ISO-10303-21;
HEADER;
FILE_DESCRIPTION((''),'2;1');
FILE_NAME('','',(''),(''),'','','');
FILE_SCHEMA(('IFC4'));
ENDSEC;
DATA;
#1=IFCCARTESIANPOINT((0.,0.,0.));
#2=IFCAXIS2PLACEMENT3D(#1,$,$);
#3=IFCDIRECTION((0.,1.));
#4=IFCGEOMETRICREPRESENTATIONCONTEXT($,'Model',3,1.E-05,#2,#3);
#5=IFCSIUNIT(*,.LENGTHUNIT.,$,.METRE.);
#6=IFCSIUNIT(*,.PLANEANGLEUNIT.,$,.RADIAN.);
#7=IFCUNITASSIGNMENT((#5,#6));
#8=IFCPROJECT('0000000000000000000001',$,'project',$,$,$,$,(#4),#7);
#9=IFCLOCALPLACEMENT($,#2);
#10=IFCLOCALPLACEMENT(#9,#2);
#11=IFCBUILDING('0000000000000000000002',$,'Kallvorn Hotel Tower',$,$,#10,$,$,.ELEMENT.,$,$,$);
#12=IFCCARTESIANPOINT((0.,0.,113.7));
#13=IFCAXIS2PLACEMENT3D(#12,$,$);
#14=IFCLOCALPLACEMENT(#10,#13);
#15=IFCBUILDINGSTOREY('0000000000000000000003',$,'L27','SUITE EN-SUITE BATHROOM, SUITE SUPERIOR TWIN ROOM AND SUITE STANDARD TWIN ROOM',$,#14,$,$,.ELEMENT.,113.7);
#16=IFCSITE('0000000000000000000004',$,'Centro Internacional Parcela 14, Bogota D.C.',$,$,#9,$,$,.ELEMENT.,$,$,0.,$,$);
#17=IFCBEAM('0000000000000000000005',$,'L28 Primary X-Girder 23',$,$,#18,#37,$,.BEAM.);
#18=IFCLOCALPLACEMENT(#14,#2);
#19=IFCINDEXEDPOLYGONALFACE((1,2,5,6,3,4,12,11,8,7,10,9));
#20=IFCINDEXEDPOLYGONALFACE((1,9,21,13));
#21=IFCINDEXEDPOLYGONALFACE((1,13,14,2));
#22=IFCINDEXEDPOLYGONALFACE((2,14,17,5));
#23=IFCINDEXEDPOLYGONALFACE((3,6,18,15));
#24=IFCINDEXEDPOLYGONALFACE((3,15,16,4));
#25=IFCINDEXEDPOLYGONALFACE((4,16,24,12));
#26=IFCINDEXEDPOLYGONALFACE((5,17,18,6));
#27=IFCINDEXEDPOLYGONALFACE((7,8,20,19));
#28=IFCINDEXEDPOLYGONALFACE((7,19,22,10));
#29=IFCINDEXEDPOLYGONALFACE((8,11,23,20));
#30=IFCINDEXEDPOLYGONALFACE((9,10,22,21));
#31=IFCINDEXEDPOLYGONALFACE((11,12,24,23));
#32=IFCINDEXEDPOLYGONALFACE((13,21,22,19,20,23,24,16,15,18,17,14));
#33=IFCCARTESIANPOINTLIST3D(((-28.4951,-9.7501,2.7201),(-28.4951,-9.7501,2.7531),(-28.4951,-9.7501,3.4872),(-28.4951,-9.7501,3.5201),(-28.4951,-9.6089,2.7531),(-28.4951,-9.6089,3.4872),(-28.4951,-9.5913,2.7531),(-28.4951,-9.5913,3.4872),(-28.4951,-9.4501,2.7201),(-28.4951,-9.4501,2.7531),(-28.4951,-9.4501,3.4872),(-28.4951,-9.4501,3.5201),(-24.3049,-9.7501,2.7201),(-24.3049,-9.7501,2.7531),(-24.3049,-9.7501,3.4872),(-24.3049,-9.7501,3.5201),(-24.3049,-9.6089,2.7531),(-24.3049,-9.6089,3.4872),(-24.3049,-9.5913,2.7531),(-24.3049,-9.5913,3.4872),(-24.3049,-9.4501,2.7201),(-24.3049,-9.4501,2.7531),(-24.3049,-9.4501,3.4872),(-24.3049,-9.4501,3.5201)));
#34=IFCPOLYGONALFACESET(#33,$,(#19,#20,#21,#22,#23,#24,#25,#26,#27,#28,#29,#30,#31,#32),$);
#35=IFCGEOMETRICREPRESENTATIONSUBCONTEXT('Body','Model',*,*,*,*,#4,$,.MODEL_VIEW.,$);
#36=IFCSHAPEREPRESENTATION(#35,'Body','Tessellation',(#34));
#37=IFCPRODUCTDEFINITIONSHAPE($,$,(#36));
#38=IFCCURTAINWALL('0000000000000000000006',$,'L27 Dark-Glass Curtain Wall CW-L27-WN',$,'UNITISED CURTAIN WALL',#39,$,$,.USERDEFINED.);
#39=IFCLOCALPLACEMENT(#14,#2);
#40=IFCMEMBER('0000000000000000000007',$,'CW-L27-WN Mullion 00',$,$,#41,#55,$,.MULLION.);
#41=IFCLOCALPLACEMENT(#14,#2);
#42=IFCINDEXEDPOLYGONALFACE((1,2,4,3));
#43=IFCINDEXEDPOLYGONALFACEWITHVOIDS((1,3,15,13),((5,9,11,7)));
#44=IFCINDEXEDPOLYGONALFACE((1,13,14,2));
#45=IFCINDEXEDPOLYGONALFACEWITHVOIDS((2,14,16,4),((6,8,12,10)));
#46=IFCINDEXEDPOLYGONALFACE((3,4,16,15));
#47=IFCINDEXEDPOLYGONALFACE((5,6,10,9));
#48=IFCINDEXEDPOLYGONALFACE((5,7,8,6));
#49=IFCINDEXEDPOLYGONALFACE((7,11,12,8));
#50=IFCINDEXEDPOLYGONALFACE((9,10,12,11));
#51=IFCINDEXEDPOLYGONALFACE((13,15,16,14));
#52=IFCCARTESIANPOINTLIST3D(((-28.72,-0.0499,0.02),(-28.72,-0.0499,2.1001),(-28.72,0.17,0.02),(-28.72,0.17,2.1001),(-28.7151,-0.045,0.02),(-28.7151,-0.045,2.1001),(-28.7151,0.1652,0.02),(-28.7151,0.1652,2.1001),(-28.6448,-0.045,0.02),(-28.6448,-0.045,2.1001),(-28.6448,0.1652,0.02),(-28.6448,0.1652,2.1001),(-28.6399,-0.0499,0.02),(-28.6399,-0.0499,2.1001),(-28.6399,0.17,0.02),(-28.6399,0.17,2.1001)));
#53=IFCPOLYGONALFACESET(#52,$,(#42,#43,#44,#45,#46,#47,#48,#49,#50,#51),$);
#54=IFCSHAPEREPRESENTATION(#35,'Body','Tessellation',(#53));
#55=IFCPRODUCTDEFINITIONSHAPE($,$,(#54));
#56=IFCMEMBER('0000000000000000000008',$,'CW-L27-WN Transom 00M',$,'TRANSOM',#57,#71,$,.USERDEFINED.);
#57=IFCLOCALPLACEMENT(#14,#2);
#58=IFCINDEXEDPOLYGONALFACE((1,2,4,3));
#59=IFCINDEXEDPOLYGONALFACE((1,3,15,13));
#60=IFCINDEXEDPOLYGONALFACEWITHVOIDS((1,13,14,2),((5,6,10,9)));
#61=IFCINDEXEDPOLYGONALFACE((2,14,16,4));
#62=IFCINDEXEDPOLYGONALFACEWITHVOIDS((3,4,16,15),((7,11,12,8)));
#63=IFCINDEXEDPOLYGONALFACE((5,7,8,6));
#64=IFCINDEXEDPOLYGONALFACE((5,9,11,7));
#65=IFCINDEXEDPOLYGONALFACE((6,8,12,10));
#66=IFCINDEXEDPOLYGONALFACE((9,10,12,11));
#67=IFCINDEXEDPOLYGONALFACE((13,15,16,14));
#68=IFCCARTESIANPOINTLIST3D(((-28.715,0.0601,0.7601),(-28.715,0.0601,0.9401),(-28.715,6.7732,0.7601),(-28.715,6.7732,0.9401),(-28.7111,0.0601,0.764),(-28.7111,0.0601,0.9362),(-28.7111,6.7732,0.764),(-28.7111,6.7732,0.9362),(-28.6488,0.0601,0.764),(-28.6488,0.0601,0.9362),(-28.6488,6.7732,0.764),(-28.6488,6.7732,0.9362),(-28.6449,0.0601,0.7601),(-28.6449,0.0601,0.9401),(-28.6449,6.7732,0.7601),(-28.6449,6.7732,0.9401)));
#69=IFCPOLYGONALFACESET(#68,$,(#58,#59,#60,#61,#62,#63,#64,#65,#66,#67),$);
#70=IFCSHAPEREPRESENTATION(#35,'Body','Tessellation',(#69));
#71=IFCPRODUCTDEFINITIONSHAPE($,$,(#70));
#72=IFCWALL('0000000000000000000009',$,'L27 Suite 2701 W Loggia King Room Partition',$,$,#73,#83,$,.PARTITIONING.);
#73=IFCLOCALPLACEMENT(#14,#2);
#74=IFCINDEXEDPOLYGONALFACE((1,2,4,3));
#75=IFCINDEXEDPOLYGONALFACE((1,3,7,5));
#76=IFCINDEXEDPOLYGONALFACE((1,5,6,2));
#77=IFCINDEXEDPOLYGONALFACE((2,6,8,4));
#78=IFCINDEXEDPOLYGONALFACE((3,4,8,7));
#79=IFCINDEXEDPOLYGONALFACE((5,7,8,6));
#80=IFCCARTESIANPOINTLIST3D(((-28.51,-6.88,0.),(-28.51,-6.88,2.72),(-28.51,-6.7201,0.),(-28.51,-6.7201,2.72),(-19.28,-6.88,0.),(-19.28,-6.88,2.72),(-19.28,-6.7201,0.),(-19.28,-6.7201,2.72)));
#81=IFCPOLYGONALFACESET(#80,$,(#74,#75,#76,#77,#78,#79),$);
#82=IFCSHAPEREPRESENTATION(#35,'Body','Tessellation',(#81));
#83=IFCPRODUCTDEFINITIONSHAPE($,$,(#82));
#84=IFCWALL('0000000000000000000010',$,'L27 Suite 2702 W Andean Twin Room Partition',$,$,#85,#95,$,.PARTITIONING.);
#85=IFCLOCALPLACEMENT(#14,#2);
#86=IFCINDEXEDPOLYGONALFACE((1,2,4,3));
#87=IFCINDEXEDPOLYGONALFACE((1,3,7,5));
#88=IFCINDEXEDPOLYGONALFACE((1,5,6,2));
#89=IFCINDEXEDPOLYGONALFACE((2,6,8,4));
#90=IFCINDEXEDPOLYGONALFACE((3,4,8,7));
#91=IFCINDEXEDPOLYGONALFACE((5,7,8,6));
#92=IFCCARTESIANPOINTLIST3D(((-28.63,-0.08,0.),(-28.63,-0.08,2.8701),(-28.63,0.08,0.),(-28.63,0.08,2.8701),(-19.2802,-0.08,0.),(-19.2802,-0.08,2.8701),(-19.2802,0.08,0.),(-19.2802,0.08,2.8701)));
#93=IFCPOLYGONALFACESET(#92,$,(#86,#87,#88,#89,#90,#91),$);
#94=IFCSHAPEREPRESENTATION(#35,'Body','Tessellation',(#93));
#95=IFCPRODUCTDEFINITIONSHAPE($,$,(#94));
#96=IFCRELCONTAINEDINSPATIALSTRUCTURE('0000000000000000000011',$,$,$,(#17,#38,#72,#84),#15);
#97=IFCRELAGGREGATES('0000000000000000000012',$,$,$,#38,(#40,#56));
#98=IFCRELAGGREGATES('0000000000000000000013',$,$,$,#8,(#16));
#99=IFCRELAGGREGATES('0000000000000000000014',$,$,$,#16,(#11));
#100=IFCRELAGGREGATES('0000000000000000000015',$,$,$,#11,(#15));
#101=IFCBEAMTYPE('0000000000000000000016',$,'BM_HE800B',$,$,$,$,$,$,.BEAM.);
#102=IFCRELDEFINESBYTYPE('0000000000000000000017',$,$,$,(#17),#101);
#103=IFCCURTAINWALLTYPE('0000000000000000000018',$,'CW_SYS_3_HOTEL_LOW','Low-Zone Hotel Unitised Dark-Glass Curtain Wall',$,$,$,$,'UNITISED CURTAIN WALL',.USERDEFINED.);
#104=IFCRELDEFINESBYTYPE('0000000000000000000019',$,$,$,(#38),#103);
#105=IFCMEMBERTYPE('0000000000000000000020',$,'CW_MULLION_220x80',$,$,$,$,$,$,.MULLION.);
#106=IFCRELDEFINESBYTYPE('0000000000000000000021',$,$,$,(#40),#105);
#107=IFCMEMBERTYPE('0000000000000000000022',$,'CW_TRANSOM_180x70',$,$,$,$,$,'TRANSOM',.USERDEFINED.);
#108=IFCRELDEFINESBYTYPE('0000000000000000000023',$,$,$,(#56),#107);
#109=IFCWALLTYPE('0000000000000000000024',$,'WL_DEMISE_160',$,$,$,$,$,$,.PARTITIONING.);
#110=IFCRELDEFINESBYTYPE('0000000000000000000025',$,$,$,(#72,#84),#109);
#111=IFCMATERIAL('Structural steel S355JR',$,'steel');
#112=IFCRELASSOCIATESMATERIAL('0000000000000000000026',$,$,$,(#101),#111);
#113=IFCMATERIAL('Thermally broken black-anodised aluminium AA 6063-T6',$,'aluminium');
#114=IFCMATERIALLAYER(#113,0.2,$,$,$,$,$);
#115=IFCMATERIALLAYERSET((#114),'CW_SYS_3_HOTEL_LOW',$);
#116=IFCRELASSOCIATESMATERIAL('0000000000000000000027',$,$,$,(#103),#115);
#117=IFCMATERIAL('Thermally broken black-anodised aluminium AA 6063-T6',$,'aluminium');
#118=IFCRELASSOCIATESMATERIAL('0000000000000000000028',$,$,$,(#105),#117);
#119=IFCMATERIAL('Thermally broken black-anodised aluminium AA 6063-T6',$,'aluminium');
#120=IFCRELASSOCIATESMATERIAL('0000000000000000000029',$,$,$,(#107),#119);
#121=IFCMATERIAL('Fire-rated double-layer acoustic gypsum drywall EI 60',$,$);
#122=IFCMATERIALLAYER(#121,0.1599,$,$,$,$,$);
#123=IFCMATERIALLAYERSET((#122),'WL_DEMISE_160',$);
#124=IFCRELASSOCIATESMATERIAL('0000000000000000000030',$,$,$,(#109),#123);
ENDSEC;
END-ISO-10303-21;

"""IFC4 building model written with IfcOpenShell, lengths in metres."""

from ifc_helpers import new_model, si_unit, direction, frame, frame_2d, origin, origin_2d, place, context, subcontext, project, spatial, rectangle, hollow_rectangle, i_section, extrude, material, layer, layer_set, material_profile, profile_set, type_object, element, aggregate, save


model = new_model("IFC4")

# Units and contexts
model_context = context("Model", 3, precision=1e-05, world=origin(), true_north=direction((0.0, 1.0)))
body_context = subcontext(model_context, "Body", "Model", "MODEL_VIEW")
ifc_project = project(units=[si_unit("LENGTHUNIT", "METRE"), si_unit("PLANEANGLEUNIT", "RADIAN")], contexts=[model_context])

# Site, building, storey
site_placement = place(None, origin())
site = spatial("IfcSite", under=ifc_project, at=site_placement, Name="Centro Internacional Parcela 14, Bogota D.C.", CompositionType="ELEMENT", RefElevation=0.0)
building_placement = place(site_placement, origin())
building = spatial("IfcBuilding", under=site, at=building_placement, Name="Kallvorn Hotel Tower", CompositionType="ELEMENT")
storey_placement = place(building_placement, frame((0.0, 0.0, 113.7)))
storey = spatial("IfcBuildingStorey", under=building, at=storey_placement, Name="L27", Description="SUITE EN-SUITE BATHROOM, SUITE SUPERIOR TWIN ROOM AND SUITE STANDARD TWIN ROOM", CompositionType="ELEMENT", Elevation=113.7)

# Beam
ifc_material_1 = material(Name="Structural steel S355JR", Category="steel")
ifc_material_profile_1 = material_profile(ifc_material_1, i_section(OverallWidth=0.3, OverallDepth=0.8, WebThickness=0.0176, FlangeThickness=0.033, at=origin_2d()), Name="HE 800 B")
ifc_profile_set_1 = profile_set([ifc_material_profile_1], Name="Structural steel S355JR")
beam_type_1 = type_object("IfcBeamType", Name="BM_HE800B", PredefinedType="BEAM", material=ifc_profile_set_1)
beam_1_placement = place(storey_placement, frame((-28.4951, -9.6001, 3.1201), z_axis=(1.0, 0.0, 0.0), x_axis=(0.0, 1.0, 0.0)))
element("IfcBeam", 1, at=beam_1_placement, inside=storey, type_object=beam_type_1, Name="L28 Primary X-Girder 23", PredefinedType="BEAM", context=body_context, shape_type="SweptSolid", body=[
    extrude(i_section(OverallWidth=0.3, OverallDepth=0.8, WebThickness=0.0176, FlangeThickness=0.033, at=origin_2d()), origin(), (0.0, 0.0, 1.0), 4.1902),
])

# Curtain wall, members
ifc_material_2 = material(Name="Thermally broken black-anodised aluminium AA 6063-T6", Category="aluminium")
ifc_layer_1 = layer(ifc_material_2, 0.2)
ifc_layer_set_1 = layer_set([ifc_layer_1], Name="CW_SYS_3_HOTEL_LOW")
curtain_wall_type = type_object("IfcCurtainWallType", Name="CW_SYS_3_HOTEL_LOW", Description="Low-Zone Hotel Unitised Dark-Glass Curtain Wall", ElementType="UNITISED CURTAIN WALL", PredefinedType="USERDEFINED", material=ifc_layer_set_1)
curtain_wall_placement = place(storey_placement, origin())
curtain_wall = element("IfcCurtainWall", 2, at=curtain_wall_placement, inside=storey, type_object=curtain_wall_type, Name="L27 Dark-Glass Curtain Wall CW-L27-WN", ObjectType="UNITISED CURTAIN WALL", PredefinedType="USERDEFINED")
ifc_material_3 = material(Name="Thermally broken black-anodised aluminium AA 6063-T6", Category="aluminium")
ifc_material_profile_2 = material_profile(ifc_material_3, hollow_rectangle(XDim=0.0801, YDim=0.22, WallThickness=0.0049, at=origin_2d()), Name="MUL 220x80")
ifc_profile_set_2 = profile_set([ifc_material_profile_2], Name="Thermally broken black-anodised aluminium AA 6063-T6")
member_type_1 = type_object("IfcMemberType", Name="CW_MULLION_220x80", PredefinedType="MULLION", material=ifc_profile_set_2)
member_1_placement = place(storey_placement, frame((-28.6799, 0.0601, 0.02), z_axis=(0.0, 0.0, 1.0), x_axis=(1.0, 0.0, 0.0)))
member_1 = element("IfcMember", 3, at=member_1_placement, type_object=member_type_1, Name="CW-L27-WN Mullion 00", PredefinedType="MULLION", context=body_context, shape_type="SweptSolid", body=[
    extrude(hollow_rectangle(XDim=0.0801, YDim=0.22, WallThickness=0.0049, at=origin_2d()), origin(), (0.0, 0.0, 1.0), 2.0801),
])
ifc_material_4 = material(Name="Thermally broken black-anodised aluminium AA 6063-T6", Category="aluminium")
ifc_material_profile_3 = material_profile(ifc_material_4, hollow_rectangle(XDim=0.0701, YDim=0.1799, WallThickness=0.0039, at=origin_2d()), Name="TRN 180x70")
ifc_profile_set_3 = profile_set([ifc_material_profile_3], Name="Thermally broken black-anodised aluminium AA 6063-T6")
member_type_2 = type_object("IfcMemberType", Name="CW_TRANSOM_180x70", ElementType="TRANSOM", PredefinedType="USERDEFINED", material=ifc_profile_set_3)
member_2_placement = place(storey_placement, frame((-28.6799, 0.0601, 0.8501), z_axis=(0.0, 1.0, 0.0), x_axis=(-1.0, 0.0, 0.0)))
member_2 = element("IfcMember", 4, at=member_2_placement, type_object=member_type_2, Name="CW-L27-WN Transom 00M", ObjectType="TRANSOM", PredefinedType="USERDEFINED", context=body_context, shape_type="SweptSolid", body=[
    extrude(hollow_rectangle(XDim=0.0701, YDim=0.1799, WallThickness=0.0039, at=origin_2d()), origin(), (0.0, 0.0, 1.0), 6.7131),
])
aggregate(curtain_wall, [member_1, member_2])

# Shared definitions
ifc_material_5 = material(Name="Fire-rated double-layer acoustic gypsum drywall EI 60")
ifc_layer_2 = layer(ifc_material_5, 0.1599)
ifc_layer_set_2 = layer_set([ifc_layer_2], Name="WL_DEMISE_160")
wall_type = type_object("IfcWallType", Name="WL_DEMISE_160", PredefinedType="PARTITIONING", material=ifc_layer_set_2)

# Walls
wall_1_placement = place(storey_placement, frame((-28.51, -6.8, 0.0), z_axis=(0.0, 0.0, 1.0), x_axis=(1.0, 0.0, 0.0)))
element("IfcWall", 5, at=wall_1_placement, inside=storey, type_object=wall_type, Name="L27 Suite 2701 W Loggia King Room Partition", PredefinedType="PARTITIONING", context=body_context, shape_type="SweptSolid", body=[
    extrude(rectangle(XDim=9.23, YDim=0.1599, at=frame_2d((4.615, 0.0))), origin(), (0.0, 0.0, 1.0), 2.72),
])
wall_2_placement = place(storey_placement, frame((-28.6299, 0.0, 0.0), z_axis=(0.0, 0.0, 1.0), x_axis=(1.0, 0.0, 0.0)))
element("IfcWall", 6, at=wall_2_placement, inside=storey, type_object=wall_type, Name="L27 Suite 2702 W Andean Twin Room Partition", PredefinedType="PARTITIONING", context=body_context, shape_type="SweptSolid", body=[
    extrude(rectangle(XDim=9.3499, YDim=0.1599, at=frame_2d((4.6748, 0.0))), origin(), (0.0, 0.0, 1.0), 2.8701),
])

save(model, "model.ifc")
